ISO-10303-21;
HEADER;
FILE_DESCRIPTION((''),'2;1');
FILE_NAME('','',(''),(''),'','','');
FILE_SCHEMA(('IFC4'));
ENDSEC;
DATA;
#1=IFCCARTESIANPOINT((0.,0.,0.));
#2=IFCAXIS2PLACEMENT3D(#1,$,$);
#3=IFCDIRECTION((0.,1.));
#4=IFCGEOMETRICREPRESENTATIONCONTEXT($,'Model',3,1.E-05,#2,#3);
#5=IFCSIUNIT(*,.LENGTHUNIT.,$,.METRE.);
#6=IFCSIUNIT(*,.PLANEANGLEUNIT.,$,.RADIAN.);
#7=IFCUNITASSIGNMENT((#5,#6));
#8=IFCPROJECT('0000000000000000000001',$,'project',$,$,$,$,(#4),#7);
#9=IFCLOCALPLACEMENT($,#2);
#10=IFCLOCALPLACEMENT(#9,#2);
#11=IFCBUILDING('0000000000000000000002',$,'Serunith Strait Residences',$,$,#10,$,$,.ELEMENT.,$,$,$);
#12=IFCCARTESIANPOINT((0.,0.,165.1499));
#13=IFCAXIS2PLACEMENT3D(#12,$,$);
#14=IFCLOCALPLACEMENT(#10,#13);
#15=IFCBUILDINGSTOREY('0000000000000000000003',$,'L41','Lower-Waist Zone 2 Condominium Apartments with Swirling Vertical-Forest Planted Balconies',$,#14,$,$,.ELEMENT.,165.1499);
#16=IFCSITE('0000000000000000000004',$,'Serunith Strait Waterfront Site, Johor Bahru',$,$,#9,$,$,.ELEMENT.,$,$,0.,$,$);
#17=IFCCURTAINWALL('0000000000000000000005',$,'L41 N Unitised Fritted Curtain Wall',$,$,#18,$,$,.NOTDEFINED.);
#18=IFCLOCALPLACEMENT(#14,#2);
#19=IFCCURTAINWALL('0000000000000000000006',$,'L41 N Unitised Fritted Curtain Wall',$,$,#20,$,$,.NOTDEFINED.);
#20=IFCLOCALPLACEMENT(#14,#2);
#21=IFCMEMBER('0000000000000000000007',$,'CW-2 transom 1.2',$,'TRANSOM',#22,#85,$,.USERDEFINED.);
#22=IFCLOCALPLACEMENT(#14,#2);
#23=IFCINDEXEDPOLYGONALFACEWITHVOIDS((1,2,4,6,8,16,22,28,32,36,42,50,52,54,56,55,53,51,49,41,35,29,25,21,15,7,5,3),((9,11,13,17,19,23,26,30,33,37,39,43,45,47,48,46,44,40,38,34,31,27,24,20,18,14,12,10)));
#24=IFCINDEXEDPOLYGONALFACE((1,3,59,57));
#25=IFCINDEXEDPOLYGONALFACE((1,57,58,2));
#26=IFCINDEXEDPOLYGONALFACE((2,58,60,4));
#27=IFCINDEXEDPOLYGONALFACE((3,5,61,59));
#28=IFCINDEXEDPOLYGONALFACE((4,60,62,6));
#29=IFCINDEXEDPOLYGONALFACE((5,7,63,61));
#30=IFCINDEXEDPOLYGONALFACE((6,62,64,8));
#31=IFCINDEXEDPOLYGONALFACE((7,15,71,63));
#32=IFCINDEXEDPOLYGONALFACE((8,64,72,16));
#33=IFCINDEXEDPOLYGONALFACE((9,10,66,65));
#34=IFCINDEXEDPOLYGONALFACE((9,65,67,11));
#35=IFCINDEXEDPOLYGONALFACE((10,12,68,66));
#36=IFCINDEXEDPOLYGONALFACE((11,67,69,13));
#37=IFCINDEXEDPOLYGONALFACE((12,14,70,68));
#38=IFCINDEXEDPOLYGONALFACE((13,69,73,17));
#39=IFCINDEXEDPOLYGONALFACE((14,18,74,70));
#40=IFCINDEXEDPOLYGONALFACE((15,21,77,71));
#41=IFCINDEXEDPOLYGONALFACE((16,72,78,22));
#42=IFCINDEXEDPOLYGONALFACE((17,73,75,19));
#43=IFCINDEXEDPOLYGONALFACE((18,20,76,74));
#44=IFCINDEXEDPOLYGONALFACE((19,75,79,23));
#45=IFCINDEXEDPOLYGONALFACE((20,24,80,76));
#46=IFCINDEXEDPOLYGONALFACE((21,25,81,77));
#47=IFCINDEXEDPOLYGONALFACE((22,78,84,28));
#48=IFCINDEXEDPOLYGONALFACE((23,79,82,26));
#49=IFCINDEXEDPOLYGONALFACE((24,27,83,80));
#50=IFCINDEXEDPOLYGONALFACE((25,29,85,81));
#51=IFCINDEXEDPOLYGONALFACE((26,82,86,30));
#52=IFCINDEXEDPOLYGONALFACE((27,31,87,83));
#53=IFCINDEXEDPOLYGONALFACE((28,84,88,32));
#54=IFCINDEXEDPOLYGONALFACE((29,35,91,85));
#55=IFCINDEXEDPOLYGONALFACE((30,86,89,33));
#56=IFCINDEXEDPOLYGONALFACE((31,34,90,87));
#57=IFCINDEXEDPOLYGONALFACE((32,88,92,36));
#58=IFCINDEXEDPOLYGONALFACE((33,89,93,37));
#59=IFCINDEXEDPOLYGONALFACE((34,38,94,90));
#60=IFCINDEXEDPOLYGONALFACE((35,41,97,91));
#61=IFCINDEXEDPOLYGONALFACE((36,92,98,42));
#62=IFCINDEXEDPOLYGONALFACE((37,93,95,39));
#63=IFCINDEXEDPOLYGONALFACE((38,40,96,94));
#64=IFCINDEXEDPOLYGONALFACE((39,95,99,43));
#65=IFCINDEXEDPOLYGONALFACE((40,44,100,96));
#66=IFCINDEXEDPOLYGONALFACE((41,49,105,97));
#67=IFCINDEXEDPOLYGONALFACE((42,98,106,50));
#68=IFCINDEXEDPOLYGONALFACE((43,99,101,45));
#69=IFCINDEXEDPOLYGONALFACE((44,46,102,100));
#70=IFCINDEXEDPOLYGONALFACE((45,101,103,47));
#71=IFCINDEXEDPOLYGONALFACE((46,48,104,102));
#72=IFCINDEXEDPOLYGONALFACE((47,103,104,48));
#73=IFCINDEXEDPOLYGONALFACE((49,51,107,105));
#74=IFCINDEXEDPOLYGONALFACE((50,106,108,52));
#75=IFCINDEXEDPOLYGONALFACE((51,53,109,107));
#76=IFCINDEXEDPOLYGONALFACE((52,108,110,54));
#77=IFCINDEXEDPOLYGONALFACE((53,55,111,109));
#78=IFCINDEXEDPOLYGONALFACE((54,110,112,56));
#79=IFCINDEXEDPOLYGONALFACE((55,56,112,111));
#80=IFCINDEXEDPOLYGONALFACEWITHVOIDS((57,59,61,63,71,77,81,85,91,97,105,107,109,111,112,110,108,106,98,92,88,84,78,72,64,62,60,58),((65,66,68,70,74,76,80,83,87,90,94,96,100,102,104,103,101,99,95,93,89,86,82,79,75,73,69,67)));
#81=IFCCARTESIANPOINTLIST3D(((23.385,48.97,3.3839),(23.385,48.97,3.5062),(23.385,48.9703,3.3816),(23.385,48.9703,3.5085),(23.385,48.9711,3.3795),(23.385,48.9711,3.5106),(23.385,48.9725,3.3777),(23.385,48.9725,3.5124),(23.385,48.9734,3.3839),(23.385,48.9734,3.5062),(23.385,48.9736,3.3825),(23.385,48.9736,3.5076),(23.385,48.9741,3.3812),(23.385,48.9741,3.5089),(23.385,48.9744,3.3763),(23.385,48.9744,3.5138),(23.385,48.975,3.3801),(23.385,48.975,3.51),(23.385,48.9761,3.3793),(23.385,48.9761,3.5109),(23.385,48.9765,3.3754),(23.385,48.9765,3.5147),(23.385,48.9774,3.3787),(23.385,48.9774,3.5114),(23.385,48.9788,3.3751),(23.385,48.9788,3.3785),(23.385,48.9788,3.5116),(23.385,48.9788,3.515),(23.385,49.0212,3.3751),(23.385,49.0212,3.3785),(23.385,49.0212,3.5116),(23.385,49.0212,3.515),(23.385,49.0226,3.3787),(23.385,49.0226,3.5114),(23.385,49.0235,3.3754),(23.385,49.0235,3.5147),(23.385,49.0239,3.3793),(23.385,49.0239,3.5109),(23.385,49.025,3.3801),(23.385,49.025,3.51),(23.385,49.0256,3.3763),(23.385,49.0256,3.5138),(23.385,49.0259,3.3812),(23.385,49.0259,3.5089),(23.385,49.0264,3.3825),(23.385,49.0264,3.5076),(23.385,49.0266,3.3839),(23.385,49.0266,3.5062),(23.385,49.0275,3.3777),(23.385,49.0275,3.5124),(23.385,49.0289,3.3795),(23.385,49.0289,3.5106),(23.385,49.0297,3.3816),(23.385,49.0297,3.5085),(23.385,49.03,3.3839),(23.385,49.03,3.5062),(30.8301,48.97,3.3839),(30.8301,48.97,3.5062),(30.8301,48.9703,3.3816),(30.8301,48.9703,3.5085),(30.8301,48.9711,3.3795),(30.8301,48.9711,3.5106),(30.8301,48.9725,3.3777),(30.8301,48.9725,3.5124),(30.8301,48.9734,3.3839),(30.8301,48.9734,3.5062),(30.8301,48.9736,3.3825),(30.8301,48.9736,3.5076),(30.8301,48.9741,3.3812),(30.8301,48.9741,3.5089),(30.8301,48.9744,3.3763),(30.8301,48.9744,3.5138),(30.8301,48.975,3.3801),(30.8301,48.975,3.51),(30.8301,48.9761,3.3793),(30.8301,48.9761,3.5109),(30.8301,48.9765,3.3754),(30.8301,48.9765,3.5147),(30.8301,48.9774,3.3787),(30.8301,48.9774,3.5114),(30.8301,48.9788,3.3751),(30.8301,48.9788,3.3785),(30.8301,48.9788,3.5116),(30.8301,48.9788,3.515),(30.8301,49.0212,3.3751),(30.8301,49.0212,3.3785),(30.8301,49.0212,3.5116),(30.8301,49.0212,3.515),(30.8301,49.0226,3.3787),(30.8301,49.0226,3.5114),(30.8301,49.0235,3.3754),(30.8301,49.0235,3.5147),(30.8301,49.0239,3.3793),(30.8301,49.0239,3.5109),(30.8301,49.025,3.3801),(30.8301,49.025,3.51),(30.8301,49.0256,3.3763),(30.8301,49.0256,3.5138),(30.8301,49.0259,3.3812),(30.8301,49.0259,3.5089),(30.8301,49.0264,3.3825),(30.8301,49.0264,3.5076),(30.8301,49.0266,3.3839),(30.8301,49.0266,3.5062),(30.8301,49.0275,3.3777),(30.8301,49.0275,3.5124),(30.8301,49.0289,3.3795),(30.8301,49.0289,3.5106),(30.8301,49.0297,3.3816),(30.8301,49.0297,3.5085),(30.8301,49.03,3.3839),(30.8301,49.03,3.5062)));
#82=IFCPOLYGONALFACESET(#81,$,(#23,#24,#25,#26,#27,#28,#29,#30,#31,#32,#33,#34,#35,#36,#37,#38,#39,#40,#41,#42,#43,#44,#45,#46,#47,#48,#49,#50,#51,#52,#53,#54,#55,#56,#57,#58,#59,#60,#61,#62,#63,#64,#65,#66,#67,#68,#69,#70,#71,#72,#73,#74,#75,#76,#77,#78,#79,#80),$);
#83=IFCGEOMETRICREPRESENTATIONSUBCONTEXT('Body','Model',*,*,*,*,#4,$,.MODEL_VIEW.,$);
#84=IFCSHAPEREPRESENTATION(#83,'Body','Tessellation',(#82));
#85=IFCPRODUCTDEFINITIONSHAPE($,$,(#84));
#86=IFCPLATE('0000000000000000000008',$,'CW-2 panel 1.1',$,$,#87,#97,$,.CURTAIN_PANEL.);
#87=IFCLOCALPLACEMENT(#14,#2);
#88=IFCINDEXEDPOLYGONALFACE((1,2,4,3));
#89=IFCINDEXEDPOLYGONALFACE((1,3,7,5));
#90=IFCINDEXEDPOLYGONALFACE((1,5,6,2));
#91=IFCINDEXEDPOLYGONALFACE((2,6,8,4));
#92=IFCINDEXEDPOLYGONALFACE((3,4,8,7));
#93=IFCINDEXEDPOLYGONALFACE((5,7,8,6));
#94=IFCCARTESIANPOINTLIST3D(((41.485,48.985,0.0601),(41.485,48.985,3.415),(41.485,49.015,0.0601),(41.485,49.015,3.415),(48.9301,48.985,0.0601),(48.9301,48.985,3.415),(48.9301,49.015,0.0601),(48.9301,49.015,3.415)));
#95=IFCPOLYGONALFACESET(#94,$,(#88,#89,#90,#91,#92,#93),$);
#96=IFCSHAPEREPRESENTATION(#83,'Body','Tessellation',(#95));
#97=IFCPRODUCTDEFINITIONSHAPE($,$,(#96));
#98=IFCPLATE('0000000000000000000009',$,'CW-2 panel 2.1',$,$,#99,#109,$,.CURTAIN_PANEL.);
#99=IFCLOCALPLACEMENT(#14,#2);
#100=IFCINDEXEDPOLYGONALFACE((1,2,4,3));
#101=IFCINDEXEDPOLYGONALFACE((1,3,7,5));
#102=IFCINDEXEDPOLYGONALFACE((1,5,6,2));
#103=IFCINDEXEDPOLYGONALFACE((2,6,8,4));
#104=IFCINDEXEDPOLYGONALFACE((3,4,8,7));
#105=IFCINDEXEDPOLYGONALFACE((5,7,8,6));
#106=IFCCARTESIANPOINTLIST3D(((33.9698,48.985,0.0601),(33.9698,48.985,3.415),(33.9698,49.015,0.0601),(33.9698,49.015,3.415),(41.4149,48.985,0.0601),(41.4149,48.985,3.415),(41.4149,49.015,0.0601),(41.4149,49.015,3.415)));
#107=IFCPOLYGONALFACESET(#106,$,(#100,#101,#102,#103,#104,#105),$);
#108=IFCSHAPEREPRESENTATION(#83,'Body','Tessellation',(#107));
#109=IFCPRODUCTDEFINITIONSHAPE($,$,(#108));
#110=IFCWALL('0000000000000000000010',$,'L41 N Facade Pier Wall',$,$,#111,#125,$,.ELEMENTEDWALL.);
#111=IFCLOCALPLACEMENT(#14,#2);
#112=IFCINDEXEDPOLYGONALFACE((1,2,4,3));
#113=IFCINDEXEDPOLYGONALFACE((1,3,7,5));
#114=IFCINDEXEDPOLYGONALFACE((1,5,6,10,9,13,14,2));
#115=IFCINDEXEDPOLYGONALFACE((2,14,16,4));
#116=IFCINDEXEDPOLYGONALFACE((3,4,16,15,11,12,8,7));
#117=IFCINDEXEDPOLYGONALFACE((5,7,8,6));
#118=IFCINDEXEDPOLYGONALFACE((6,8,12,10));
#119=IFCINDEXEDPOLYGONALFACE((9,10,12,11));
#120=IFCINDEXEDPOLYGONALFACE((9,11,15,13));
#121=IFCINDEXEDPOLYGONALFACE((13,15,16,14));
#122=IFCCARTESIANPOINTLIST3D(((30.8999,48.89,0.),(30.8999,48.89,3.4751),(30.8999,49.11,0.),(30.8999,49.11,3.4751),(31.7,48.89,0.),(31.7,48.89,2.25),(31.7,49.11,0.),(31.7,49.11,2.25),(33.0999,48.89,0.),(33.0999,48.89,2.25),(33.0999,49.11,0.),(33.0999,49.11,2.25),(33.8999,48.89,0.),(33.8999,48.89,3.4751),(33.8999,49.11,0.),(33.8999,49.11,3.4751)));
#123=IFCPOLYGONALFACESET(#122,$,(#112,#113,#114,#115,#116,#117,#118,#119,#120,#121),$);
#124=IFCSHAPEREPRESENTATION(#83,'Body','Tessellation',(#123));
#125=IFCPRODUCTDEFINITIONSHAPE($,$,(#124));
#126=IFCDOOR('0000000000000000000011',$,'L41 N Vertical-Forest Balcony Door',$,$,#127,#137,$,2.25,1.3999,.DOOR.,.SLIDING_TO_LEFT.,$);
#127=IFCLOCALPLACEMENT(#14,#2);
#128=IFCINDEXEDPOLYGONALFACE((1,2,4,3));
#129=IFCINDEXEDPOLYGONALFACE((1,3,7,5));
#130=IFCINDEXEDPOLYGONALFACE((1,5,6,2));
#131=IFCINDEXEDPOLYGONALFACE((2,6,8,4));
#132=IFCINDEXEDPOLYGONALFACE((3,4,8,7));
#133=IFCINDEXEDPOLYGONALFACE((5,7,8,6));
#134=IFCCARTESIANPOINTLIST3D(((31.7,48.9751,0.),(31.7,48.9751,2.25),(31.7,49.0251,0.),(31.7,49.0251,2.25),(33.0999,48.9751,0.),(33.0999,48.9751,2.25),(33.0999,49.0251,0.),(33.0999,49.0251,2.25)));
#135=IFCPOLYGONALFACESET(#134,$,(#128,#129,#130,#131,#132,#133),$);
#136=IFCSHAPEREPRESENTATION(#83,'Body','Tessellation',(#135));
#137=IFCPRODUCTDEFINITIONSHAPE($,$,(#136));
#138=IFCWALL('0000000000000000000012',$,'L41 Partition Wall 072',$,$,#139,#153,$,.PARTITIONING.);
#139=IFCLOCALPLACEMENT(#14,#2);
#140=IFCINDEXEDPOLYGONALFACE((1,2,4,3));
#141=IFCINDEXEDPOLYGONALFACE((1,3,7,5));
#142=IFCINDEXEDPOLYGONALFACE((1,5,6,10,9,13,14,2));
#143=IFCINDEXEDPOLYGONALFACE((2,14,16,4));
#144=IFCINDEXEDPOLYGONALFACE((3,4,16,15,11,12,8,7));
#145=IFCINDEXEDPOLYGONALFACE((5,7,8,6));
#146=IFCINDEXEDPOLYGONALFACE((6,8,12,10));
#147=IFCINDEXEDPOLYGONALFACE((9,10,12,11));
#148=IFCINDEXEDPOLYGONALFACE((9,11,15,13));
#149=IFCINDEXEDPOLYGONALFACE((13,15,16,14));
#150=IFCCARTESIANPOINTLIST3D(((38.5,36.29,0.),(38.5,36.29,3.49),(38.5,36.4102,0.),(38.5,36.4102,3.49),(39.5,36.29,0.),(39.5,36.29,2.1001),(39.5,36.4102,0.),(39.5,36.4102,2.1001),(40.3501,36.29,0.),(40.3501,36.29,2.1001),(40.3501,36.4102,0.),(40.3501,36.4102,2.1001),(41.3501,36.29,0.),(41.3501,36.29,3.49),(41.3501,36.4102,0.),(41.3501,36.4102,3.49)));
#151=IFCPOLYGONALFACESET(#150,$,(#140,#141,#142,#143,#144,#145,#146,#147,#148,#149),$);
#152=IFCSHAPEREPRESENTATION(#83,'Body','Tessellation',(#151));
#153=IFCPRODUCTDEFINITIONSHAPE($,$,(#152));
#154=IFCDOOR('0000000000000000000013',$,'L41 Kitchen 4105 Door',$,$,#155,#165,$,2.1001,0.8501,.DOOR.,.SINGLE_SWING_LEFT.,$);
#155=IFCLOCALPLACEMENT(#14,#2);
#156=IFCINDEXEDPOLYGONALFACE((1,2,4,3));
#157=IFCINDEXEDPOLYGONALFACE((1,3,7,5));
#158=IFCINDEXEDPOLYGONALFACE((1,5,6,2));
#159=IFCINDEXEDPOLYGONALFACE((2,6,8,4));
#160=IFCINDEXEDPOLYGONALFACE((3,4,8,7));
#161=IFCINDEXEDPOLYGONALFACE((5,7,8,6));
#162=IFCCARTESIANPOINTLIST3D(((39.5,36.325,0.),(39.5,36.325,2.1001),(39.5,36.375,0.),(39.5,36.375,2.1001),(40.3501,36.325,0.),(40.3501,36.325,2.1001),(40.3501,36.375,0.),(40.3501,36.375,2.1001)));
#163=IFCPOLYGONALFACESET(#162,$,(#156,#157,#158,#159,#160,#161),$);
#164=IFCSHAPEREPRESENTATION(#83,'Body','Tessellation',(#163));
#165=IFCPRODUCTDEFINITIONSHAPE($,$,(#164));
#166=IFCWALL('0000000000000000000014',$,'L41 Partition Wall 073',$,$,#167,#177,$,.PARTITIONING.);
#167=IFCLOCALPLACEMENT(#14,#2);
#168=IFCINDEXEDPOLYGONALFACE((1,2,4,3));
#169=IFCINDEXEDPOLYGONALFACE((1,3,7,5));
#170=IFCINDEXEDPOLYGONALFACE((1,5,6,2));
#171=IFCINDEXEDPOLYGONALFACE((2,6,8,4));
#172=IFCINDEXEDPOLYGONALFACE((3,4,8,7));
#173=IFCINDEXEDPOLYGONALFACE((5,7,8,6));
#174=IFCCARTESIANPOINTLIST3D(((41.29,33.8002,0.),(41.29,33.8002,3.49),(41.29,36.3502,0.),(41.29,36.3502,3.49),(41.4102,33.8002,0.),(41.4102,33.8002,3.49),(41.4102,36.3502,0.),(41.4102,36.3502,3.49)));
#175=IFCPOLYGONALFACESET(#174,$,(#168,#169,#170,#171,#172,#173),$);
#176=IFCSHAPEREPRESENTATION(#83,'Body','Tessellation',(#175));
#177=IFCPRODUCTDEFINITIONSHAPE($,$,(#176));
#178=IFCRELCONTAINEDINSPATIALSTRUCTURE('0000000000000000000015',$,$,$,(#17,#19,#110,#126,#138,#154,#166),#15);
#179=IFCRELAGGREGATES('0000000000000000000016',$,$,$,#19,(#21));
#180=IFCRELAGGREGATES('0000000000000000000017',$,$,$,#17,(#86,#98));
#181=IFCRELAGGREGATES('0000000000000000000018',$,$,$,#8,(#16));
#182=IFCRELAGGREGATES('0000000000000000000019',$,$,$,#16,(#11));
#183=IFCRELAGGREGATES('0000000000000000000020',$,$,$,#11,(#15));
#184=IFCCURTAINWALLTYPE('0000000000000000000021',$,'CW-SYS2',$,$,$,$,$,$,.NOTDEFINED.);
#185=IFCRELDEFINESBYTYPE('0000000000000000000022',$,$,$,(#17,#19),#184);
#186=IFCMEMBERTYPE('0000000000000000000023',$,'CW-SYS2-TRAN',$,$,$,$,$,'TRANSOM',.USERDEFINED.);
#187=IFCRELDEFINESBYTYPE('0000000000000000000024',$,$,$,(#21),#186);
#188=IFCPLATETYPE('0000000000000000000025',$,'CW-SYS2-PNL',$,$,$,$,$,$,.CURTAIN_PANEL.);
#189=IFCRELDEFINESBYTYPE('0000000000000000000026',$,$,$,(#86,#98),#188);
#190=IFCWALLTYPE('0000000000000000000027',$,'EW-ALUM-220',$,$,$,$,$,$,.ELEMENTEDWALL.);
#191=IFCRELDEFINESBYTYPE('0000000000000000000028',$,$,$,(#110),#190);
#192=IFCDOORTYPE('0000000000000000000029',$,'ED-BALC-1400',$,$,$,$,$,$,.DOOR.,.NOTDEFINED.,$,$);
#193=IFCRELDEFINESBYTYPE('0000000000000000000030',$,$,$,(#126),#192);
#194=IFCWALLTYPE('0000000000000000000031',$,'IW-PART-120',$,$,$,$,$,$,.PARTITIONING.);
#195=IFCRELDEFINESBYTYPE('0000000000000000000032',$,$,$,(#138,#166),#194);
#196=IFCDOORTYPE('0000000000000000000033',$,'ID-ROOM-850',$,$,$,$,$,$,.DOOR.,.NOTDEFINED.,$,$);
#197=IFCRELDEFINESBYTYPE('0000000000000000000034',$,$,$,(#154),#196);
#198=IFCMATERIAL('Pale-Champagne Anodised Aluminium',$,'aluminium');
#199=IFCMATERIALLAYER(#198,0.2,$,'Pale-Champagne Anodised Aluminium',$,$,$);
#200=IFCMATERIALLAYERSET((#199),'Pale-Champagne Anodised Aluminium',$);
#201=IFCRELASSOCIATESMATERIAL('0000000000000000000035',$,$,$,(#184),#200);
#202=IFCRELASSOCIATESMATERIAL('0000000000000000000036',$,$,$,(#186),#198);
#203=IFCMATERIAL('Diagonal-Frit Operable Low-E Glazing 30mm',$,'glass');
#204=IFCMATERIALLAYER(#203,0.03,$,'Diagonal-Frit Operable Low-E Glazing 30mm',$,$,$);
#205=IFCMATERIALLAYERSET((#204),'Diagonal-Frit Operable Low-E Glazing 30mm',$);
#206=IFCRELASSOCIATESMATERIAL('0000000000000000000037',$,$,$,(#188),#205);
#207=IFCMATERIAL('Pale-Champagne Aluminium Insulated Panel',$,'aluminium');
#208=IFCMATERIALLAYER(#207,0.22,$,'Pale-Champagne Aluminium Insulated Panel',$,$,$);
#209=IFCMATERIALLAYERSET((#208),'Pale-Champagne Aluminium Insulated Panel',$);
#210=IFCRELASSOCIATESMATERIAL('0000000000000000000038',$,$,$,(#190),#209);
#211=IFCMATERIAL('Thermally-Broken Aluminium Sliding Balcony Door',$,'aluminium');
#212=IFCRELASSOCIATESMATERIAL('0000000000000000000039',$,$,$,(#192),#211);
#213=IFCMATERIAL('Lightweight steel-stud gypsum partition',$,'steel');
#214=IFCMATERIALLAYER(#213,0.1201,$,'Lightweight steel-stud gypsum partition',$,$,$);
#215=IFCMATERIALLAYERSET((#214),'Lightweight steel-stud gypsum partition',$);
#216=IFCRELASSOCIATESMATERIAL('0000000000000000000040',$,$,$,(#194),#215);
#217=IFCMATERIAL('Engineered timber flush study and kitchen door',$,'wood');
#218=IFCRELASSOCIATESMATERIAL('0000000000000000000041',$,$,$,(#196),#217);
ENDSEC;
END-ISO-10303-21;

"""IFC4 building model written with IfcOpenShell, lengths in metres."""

from ifc_helpers import new_model, si_unit, direction, frame, frame_2d, origin, origin_2d, place, context, subcontext, project, spatial, rectangle, hollow_rectangle, extrude, source, transform, mapped, material, layer, layer_set, material_profile, profile_set, type_object, element, fill, aggregate, save


model = new_model("IFC4")

# Units and contexts
model_context = context("Model", 3, precision=1e-05, world=origin(), true_north=direction((0.0, 1.0)))
body_context = subcontext(model_context, "Body", "Model", "MODEL_VIEW")
ifc_project = project(units=[si_unit("LENGTHUNIT", "METRE"), si_unit("PLANEANGLEUNIT", "RADIAN")], contexts=[model_context])

# Site, building, storey
site_placement = place(None, origin())
site = spatial("IfcSite", under=ifc_project, at=site_placement, Name="Serunith Strait Waterfront Site, Johor Bahru", CompositionType="ELEMENT", RefElevation=0.0)
building_placement = place(site_placement, origin())
building = spatial("IfcBuilding", under=site, at=building_placement, Name="Serunith Strait Residences", CompositionType="ELEMENT")
storey_placement = place(building_placement, frame((0.0, 0.0, 165.1499)))
storey = spatial("IfcBuildingStorey", under=building, at=storey_placement, Name="L41", Description="Lower-Waist Zone 2 Condominium Apartments with Swirling Vertical-Forest Planted Balconies", CompositionType="ELEMENT", Elevation=165.1499)

# Curtain wall
ifc_material_1 = material(Name="Pale-Champagne Anodised Aluminium", Category="aluminium")
ifc_layer_1 = layer(ifc_material_1, 0.2, Name="Pale-Champagne Anodised Aluminium")
ifc_layer_set_1 = layer_set([ifc_layer_1], Name="Pale-Champagne Anodised Aluminium")
curtain_wall_type = type_object("IfcCurtainWallType", Name="CW-SYS2", PredefinedType="NOTDEFINED", material=ifc_layer_set_1)
curtain_wall_1_placement = place(storey_placement, origin())
curtain_wall_1 = element("IfcCurtainWall", 1, at=curtain_wall_1_placement, inside=storey, type_object=curtain_wall_type, Name="L41 N Unitised Fritted Curtain Wall", PredefinedType="NOTDEFINED")

# Curtain wall
curtain_wall_2_placement = place(storey_placement, origin())
curtain_wall_2 = element("IfcCurtainWall", 2, at=curtain_wall_2_placement, inside=storey, type_object=curtain_wall_type, Name="L41 N Unitised Fritted Curtain Wall", PredefinedType="NOTDEFINED")

# Member
ifc_material_profile_1 = material_profile(ifc_material_1, hollow_rectangle(XDim=0.0601, YDim=0.1399, WallThickness=0.0034, InnerFilletRadius=0.0054, OuterFilletRadius=0.0088, at=origin_2d()), Name="ALU 140x60x3.5")
ifc_profile_set_1 = profile_set([ifc_material_profile_1], Name="Pale-Champagne Anodised Aluminium")
member_type_1 = type_object("IfcMemberType", Name="CW-SYS2-TRAN", ElementType="TRANSOM", PredefinedType="USERDEFINED", material=ifc_profile_set_1)
shared_shape_1 = source(origin(), body_context, "Body", "SweptSolid", [
    extrude(hollow_rectangle(XDim=0.0601, YDim=0.1399, WallThickness=0.0034, InnerFilletRadius=0.0054, OuterFilletRadius=0.0088, at=origin_2d()), origin(), (0.0, 0.0, 1.0), 7.4451),
])
member_1_placement = place(storey_placement, frame((30.8301, 49.0, 3.4451), z_axis=(-1.0, 0.0, 0.0), x_axis=(0.0, -1.0, 0.0)))
member_1 = element("IfcMember", 3, at=member_1_placement, type_object=member_type_1, Name="CW-2 transom 1.2", ObjectType="TRANSOM", PredefinedType="USERDEFINED", context=body_context, shape_type="MappedRepresentation", body=[
    mapped(shared_shape_1, transform((0.0, 0.0, 0.0), scale=1.0)),
])
aggregate(curtain_wall_2, [member_1])

# Plates
ifc_material_2 = material(Name="Diagonal-Frit Operable Low-E Glazing 30mm", Category="glass")
ifc_layer_2 = layer(ifc_material_2, 0.03, Name="Diagonal-Frit Operable Low-E Glazing 30mm")
ifc_layer_set_2 = layer_set([ifc_layer_2], Name="Diagonal-Frit Operable Low-E Glazing 30mm")
plate_type = type_object("IfcPlateType", Name="CW-SYS2-PNL", PredefinedType="CURTAIN_PANEL", material=ifc_layer_set_2)
shared_shape_2 = source(origin(), body_context, "Body", "SweptSolid", [
    extrude(rectangle(XDim=7.4451, YDim=0.03, at=origin_2d()), origin(), (0.0, 0.0, 1.0), 3.355),
])
plate_1_placement = place(storey_placement, frame((45.2075, 49.0, 0.0601), z_axis=(0.0, 0.0, 1.0), x_axis=(-1.0, 0.0, 0.0)))
plate_1 = element("IfcPlate", 4, at=plate_1_placement, type_object=plate_type, Name="CW-2 panel 1.1", PredefinedType="CURTAIN_PANEL", context=body_context, shape_type="MappedRepresentation", body=[
    mapped(shared_shape_2, transform((0.0, 0.0, 0.0), scale=1.0)),
])
plate_2_placement = place(storey_placement, frame((37.6924, 49.0, 0.0601), z_axis=(0.0, 0.0, 1.0), x_axis=(-1.0, 0.0, 0.0)))
plate_2 = element("IfcPlate", 5, at=plate_2_placement, type_object=plate_type, Name="CW-2 panel 2.1", PredefinedType="CURTAIN_PANEL", context=body_context, shape_type="MappedRepresentation", body=[
    mapped(shared_shape_2, transform((0.0, 0.0, 0.0), scale=1.0)),
])
aggregate(curtain_wall_1, [plate_1, plate_2])

# Walls, openings, doors
ifc_material_3 = material(Name="Pale-Champagne Aluminium Insulated Panel", Category="aluminium")
ifc_layer_3 = layer(ifc_material_3, 0.22, Name="Pale-Champagne Aluminium Insulated Panel")
ifc_layer_set_3 = layer_set([ifc_layer_3], Name="Pale-Champagne Aluminium Insulated Panel")
wall_type_1 = type_object("IfcWallType", Name="EW-ALUM-220", PredefinedType="ELEMENTEDWALL", material=ifc_layer_set_3)
wall_1_placement = place(storey_placement, frame((33.8999, 49.0, 0.0), z_axis=(0.0, 0.0, 1.0), x_axis=(-1.0, 0.0, 0.0)))
wall_1 = element("IfcWall", 6, at=wall_1_placement, inside=storey, type_object=wall_type_1, Name="L41 N Facade Pier Wall", PredefinedType="ELEMENTEDWALL", context=body_context, shape_type="SweptSolid", body=[
    extrude(rectangle(XDim=3.0, YDim=0.22, at=frame_2d((1.5, 0.0))), origin(), (0.0, 0.0, 1.0), 3.4751),
])
opening_1_placement = place(wall_1_placement, frame((0.8, 0.0, 0.0)))
opening_1 = element("IfcOpeningElement", 7, at=opening_1_placement, cuts=wall_1, PredefinedType="OPENING", context=body_context, shape_type="SweptSolid", body=[
    extrude(rectangle(XDim=1.3999, YDim=2.25, at=frame_2d((0.7, 1.125))), frame((0.0, 0.1201, 0.0), z_axis=(0.0, -1.0, 0.0), x_axis=(1.0, 0.0, 0.0)), (0.0, 0.0, 1.0), 0.24),
])
ifc_material_4 = material(Name="Thermally-Broken Aluminium Sliding Balcony Door", Category="aluminium")
door_type_1 = type_object("IfcDoorType", Name="ED-BALC-1400", OperationType="NOTDEFINED", PredefinedType="DOOR", material=ifc_material_4)
shared_shape_3 = source(origin(), body_context, "Body", "SweptSolid", [
    extrude(rectangle(XDim=1.3999, YDim=2.25, at=frame_2d((0.7, 1.125))), frame((0.0, 0.0249, 0.0), z_axis=(0.0, -1.0, 0.0), x_axis=(1.0, 0.0, 0.0)), (0.0, 0.0, 1.0), 0.05),
])
door_1_placement = place(opening_1_placement, origin())
door_1 = element("IfcDoor", 8, at=door_1_placement, inside=storey, type_object=door_type_1, Name="L41 N Vertical-Forest Balcony Door", OperationType="SLIDING_TO_LEFT", OverallHeight=2.25, OverallWidth=1.3999, PredefinedType="DOOR", context=body_context, shape_type="MappedRepresentation", body=[
    mapped(shared_shape_3, transform((0.0, 0.0, 0.0), scale=1.0)),
])
fill(opening_1, door_1)
ifc_material_5 = material(Name="Lightweight steel-stud gypsum partition", Category="steel")
ifc_layer_4 = layer(ifc_material_5, 0.1201, Name="Lightweight steel-stud gypsum partition")
ifc_layer_set_4 = layer_set([ifc_layer_4], Name="Lightweight steel-stud gypsum partition")
wall_type_2 = type_object("IfcWallType", Name="IW-PART-120", PredefinedType="PARTITIONING", material=ifc_layer_set_4)
wall_2_placement = place(storey_placement, frame((38.5, 36.3501, 0.0), z_axis=(0.0, 0.0, 1.0), x_axis=(1.0, 0.0, 0.0)))
wall_2 = element("IfcWall", 9, at=wall_2_placement, inside=storey, type_object=wall_type_2, Name="L41 Partition Wall 072", PredefinedType="PARTITIONING", context=body_context, shape_type="SweptSolid", body=[
    extrude(rectangle(XDim=2.8501, YDim=0.1201, at=frame_2d((1.425, 0.0))), origin(), (0.0, 0.0, 1.0), 3.49),
])
opening_2_placement = place(wall_2_placement, frame((1.0, 0.0, 0.0)))
opening_2 = element("IfcOpeningElement", 10, at=opening_2_placement, cuts=wall_2, PredefinedType="OPENING", context=body_context, shape_type="SweptSolid", body=[
    extrude(rectangle(XDim=0.8501, YDim=2.1001, at=frame_2d((0.425, 1.05))), frame((0.0, 0.0701, 0.0), z_axis=(0.0, -1.0, 0.0), x_axis=(1.0, 0.0, 0.0)), (0.0, 0.0, 1.0), 0.1401),
])
ifc_material_6 = material(Name="Engineered timber flush study and kitchen door", Category="wood")
door_type_2 = type_object("IfcDoorType", Name="ID-ROOM-850", OperationType="NOTDEFINED", PredefinedType="DOOR", material=ifc_material_6)
shared_shape_4 = source(origin(), body_context, "Body", "SweptSolid", [
    extrude(rectangle(XDim=0.8501, YDim=2.1001, at=frame_2d((0.425, 1.05))), frame((0.0, 0.0249, 0.0), z_axis=(0.0, -1.0, 0.0), x_axis=(1.0, 0.0, 0.0)), (0.0, 0.0, 1.0), 0.05),
])
door_2_placement = place(opening_2_placement, origin())
door_2 = element("IfcDoor", 11, at=door_2_placement, inside=storey, type_object=door_type_2, Name="L41 Kitchen 4105 Door", OperationType="SINGLE_SWING_LEFT", OverallHeight=2.1001, OverallWidth=0.8501, PredefinedType="DOOR", context=body_context, shape_type="MappedRepresentation", body=[
    mapped(shared_shape_4, transform((0.0, 0.0, 0.0), scale=1.0)),
])
fill(opening_2, door_2)

# Wall
wall_3_placement = place(storey_placement, frame((41.3501, 36.3501, 0.0), z_axis=(0.0, 0.0, 1.0), x_axis=(0.0, -1.0, 0.0)))
element("IfcWall", 12, at=wall_3_placement, inside=storey, type_object=wall_type_2, Name="L41 Partition Wall 073", PredefinedType="PARTITIONING", context=body_context, shape_type="SweptSolid", body=[
    extrude(rectangle(XDim=2.55, YDim=0.1201, at=frame_2d((1.2749, 0.0))), origin(), (0.0, 0.0, 1.0), 3.49),
])

save(model, "model.ifc")
